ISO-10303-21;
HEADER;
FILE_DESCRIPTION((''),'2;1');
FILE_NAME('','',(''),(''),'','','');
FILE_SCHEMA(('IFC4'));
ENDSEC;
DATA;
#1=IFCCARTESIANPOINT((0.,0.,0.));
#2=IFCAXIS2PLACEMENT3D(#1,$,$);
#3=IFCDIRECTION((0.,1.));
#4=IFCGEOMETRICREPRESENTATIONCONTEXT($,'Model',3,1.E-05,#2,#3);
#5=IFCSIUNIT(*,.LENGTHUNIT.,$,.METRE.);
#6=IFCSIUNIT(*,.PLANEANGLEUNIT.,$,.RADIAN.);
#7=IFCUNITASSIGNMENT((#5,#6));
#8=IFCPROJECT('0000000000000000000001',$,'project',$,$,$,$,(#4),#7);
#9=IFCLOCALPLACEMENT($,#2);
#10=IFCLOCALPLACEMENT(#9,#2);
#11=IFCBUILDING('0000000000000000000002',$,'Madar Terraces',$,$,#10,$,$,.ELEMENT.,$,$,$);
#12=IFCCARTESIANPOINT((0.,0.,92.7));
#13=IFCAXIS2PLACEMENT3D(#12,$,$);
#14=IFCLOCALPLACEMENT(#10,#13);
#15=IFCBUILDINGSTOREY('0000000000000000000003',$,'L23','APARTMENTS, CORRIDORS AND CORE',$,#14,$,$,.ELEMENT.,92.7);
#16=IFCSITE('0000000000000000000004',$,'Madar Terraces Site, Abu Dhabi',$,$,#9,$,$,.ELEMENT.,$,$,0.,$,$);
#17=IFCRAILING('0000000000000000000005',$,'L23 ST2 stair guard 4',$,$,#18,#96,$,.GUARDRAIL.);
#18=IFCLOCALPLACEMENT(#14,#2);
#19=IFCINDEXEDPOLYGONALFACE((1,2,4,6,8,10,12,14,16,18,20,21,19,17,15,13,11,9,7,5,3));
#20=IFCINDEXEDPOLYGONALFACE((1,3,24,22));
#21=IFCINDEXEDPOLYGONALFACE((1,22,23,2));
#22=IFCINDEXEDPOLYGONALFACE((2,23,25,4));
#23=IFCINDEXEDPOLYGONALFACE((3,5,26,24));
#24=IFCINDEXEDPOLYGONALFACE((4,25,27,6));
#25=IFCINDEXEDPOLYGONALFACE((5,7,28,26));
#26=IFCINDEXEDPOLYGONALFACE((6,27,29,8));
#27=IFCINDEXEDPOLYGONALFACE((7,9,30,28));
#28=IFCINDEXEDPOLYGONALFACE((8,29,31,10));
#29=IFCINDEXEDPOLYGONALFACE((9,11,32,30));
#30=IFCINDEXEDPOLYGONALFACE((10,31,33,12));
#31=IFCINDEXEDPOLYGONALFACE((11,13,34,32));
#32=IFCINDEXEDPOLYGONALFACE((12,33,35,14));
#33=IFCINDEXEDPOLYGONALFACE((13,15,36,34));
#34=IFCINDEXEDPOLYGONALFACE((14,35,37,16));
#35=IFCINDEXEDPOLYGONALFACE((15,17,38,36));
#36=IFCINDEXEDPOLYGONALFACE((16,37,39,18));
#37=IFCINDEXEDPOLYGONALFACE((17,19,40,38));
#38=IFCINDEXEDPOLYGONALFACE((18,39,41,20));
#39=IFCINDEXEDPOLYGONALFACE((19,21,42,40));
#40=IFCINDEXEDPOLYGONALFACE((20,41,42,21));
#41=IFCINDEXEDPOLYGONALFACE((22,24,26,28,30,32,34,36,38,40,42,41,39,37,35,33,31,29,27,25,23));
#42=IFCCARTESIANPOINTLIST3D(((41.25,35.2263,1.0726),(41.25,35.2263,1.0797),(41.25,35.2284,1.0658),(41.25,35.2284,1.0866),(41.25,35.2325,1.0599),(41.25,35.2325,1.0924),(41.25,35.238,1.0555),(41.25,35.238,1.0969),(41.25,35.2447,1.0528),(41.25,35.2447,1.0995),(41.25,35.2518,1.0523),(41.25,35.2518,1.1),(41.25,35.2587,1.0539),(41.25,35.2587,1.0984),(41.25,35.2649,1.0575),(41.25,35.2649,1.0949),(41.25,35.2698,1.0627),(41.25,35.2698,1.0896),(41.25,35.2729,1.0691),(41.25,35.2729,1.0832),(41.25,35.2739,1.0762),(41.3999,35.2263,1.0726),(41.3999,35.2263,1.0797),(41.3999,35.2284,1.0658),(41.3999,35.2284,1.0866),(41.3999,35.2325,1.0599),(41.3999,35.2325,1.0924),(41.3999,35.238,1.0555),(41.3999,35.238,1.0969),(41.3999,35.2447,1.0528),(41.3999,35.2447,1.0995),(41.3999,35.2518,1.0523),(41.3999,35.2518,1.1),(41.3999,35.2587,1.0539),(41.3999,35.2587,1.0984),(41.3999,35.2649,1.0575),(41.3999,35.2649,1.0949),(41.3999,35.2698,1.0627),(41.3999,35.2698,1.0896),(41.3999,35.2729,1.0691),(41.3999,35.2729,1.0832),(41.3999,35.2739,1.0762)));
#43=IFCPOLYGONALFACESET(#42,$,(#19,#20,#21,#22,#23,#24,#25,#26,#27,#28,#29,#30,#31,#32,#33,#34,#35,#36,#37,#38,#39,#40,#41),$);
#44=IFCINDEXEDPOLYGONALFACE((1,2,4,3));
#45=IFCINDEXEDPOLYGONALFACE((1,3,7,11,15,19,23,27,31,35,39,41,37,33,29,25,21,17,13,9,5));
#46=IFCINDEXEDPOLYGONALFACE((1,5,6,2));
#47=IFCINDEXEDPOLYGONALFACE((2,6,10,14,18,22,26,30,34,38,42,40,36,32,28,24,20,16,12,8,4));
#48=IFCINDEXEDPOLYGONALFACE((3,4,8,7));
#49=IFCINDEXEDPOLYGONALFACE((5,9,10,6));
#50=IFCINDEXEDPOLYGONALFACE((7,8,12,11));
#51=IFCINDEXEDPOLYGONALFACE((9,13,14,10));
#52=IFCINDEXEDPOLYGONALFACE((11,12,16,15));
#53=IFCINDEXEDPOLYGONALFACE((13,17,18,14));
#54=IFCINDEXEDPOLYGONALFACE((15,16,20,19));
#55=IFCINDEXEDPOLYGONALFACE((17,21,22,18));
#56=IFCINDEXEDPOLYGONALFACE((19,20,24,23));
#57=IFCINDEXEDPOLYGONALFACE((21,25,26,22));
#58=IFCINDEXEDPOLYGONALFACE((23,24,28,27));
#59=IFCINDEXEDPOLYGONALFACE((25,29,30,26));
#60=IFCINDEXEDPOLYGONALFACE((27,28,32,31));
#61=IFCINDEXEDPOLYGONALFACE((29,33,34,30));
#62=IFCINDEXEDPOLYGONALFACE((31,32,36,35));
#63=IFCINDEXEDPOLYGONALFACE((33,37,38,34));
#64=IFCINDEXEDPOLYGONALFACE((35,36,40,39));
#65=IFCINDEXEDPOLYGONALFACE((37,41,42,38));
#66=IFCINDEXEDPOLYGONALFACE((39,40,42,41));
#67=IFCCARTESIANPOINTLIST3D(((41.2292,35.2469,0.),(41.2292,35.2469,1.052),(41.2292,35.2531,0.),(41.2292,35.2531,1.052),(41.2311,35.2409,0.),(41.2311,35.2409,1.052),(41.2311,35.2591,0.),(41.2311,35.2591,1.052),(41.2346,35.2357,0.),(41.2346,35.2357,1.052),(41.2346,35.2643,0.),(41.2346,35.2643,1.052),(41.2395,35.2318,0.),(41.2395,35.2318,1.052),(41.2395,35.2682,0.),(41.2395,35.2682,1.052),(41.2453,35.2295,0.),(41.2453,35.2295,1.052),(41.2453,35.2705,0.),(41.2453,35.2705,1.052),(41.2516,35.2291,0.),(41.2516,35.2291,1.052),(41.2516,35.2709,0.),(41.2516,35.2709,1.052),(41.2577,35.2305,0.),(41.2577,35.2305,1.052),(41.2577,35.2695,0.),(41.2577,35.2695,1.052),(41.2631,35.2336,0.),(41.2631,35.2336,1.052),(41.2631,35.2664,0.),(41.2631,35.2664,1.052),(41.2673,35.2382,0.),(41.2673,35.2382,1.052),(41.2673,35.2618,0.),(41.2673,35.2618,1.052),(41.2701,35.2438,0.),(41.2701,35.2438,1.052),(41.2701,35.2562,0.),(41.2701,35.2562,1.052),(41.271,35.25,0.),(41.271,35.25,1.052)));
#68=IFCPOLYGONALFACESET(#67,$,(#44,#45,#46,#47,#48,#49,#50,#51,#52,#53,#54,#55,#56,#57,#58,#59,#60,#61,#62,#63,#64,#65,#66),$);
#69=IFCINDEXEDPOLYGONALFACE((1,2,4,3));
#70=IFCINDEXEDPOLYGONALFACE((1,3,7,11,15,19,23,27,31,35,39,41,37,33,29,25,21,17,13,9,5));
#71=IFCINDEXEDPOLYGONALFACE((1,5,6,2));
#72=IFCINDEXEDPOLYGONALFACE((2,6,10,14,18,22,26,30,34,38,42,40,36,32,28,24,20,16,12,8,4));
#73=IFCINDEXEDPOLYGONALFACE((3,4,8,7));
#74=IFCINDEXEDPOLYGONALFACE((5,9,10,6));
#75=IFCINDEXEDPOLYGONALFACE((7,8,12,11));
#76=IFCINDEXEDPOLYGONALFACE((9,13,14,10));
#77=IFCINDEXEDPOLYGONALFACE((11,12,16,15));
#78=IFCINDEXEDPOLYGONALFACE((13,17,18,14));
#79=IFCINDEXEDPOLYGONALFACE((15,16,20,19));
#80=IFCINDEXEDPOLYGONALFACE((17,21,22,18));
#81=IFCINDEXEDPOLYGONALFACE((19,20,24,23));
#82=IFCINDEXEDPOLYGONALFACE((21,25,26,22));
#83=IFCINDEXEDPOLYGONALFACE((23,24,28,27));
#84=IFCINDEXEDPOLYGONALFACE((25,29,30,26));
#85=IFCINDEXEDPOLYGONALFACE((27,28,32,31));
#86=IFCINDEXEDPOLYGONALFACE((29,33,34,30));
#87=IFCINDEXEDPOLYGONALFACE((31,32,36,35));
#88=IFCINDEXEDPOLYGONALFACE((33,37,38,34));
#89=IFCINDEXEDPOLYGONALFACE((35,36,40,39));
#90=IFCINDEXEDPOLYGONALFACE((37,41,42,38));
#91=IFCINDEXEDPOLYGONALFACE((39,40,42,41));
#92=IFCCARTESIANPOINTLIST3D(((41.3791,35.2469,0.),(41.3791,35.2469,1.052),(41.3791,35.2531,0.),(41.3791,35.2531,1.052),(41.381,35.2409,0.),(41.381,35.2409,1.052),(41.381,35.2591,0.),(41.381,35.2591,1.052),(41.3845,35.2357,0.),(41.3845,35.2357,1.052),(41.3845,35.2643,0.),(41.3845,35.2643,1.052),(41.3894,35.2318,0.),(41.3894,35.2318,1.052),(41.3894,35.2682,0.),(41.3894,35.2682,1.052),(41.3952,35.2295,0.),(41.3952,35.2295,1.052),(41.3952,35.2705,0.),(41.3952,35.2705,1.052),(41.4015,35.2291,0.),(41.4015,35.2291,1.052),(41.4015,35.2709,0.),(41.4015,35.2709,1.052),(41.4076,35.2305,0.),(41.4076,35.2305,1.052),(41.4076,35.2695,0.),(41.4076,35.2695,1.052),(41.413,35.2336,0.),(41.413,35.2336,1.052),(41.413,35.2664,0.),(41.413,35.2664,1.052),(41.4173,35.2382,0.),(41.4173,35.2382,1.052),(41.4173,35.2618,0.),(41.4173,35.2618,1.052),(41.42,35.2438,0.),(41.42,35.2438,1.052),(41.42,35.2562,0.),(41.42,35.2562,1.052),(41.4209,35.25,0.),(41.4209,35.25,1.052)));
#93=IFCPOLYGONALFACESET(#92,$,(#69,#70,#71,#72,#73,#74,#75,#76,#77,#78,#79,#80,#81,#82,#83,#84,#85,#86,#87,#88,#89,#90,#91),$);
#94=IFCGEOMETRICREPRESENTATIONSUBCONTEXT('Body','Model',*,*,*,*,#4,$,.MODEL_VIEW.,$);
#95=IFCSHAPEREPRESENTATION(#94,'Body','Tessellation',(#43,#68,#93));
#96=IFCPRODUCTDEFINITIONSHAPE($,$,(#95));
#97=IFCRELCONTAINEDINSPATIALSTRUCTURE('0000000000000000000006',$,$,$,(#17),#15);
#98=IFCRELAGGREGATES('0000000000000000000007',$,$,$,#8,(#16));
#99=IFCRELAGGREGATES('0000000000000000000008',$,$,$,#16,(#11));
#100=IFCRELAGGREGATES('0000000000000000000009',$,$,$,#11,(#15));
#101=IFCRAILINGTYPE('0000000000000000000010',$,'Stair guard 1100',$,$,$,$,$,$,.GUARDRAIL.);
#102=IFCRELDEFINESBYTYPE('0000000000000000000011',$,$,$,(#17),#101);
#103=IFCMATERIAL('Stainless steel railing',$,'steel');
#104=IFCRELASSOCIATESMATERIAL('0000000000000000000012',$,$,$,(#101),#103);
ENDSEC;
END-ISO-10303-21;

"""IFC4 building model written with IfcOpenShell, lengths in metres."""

from ifc_helpers import new_model, si_unit, direction, frame, origin, origin_2d, place, context, subcontext, project, spatial, circle, extrude, material, type_object, element, save


model = new_model("IFC4")

# Units and contexts
model_context = context("Model", 3, precision=1e-05, world=origin(), true_north=direction((0.0, 1.0)))
body_context = subcontext(model_context, "Body", "Model", "MODEL_VIEW")
ifc_project = project(units=[si_unit("LENGTHUNIT", "METRE"), si_unit("PLANEANGLEUNIT", "RADIAN")], contexts=[model_context])

# Site, building, storey
site_placement = place(None, origin())
site = spatial("IfcSite", under=ifc_project, at=site_placement, Name="Madar Terraces Site, Abu Dhabi", CompositionType="ELEMENT", RefElevation=0.0)
building_placement = place(site_placement, origin())
building = spatial("IfcBuilding", under=site, at=building_placement, Name="Madar Terraces", CompositionType="ELEMENT")
storey_placement = place(building_placement, frame((0.0, 0.0, 92.7)))
storey = spatial("IfcBuildingStorey", under=building, at=storey_placement, Name="L23", Description="APARTMENTS, CORRIDORS AND CORE", CompositionType="ELEMENT", Elevation=92.7)

# Railing
ifc_material_1 = material(Name="Stainless steel railing", Category="steel")
railing_type_1 = type_object("IfcRailingType", Name="Stair guard 1100", PredefinedType="GUARDRAIL", material=ifc_material_1)
railing_1_placement = place(storey_placement, frame((41.25, 35.25, 0.0)))
element("IfcRailing", 1, at=railing_1_placement, inside=storey, type_object=railing_type_1, Name="L23 ST2 stair guard 4", PredefinedType="GUARDRAIL", context=body_context, shape_type="SweptSolid", body=[
    extrude(circle(Radius=0.0239, at=origin_2d()), frame((0.0, 0.0, 1.0762), z_axis=(1.0, 0.0, 0.0), x_axis=(0.0, 1.0, 0.0)), (0.0, 0.0, 1.0), 0.1499),
    extrude(circle(Radius=0.021, at=origin_2d()), origin(), (0.0, 0.0, 1.0), 1.052),
    extrude(circle(Radius=0.021, at=origin_2d()), frame((0.1499, 0.0, 0.0)), (0.0, 0.0, 1.0), 1.052),
])

save(model, "model.ifc")
